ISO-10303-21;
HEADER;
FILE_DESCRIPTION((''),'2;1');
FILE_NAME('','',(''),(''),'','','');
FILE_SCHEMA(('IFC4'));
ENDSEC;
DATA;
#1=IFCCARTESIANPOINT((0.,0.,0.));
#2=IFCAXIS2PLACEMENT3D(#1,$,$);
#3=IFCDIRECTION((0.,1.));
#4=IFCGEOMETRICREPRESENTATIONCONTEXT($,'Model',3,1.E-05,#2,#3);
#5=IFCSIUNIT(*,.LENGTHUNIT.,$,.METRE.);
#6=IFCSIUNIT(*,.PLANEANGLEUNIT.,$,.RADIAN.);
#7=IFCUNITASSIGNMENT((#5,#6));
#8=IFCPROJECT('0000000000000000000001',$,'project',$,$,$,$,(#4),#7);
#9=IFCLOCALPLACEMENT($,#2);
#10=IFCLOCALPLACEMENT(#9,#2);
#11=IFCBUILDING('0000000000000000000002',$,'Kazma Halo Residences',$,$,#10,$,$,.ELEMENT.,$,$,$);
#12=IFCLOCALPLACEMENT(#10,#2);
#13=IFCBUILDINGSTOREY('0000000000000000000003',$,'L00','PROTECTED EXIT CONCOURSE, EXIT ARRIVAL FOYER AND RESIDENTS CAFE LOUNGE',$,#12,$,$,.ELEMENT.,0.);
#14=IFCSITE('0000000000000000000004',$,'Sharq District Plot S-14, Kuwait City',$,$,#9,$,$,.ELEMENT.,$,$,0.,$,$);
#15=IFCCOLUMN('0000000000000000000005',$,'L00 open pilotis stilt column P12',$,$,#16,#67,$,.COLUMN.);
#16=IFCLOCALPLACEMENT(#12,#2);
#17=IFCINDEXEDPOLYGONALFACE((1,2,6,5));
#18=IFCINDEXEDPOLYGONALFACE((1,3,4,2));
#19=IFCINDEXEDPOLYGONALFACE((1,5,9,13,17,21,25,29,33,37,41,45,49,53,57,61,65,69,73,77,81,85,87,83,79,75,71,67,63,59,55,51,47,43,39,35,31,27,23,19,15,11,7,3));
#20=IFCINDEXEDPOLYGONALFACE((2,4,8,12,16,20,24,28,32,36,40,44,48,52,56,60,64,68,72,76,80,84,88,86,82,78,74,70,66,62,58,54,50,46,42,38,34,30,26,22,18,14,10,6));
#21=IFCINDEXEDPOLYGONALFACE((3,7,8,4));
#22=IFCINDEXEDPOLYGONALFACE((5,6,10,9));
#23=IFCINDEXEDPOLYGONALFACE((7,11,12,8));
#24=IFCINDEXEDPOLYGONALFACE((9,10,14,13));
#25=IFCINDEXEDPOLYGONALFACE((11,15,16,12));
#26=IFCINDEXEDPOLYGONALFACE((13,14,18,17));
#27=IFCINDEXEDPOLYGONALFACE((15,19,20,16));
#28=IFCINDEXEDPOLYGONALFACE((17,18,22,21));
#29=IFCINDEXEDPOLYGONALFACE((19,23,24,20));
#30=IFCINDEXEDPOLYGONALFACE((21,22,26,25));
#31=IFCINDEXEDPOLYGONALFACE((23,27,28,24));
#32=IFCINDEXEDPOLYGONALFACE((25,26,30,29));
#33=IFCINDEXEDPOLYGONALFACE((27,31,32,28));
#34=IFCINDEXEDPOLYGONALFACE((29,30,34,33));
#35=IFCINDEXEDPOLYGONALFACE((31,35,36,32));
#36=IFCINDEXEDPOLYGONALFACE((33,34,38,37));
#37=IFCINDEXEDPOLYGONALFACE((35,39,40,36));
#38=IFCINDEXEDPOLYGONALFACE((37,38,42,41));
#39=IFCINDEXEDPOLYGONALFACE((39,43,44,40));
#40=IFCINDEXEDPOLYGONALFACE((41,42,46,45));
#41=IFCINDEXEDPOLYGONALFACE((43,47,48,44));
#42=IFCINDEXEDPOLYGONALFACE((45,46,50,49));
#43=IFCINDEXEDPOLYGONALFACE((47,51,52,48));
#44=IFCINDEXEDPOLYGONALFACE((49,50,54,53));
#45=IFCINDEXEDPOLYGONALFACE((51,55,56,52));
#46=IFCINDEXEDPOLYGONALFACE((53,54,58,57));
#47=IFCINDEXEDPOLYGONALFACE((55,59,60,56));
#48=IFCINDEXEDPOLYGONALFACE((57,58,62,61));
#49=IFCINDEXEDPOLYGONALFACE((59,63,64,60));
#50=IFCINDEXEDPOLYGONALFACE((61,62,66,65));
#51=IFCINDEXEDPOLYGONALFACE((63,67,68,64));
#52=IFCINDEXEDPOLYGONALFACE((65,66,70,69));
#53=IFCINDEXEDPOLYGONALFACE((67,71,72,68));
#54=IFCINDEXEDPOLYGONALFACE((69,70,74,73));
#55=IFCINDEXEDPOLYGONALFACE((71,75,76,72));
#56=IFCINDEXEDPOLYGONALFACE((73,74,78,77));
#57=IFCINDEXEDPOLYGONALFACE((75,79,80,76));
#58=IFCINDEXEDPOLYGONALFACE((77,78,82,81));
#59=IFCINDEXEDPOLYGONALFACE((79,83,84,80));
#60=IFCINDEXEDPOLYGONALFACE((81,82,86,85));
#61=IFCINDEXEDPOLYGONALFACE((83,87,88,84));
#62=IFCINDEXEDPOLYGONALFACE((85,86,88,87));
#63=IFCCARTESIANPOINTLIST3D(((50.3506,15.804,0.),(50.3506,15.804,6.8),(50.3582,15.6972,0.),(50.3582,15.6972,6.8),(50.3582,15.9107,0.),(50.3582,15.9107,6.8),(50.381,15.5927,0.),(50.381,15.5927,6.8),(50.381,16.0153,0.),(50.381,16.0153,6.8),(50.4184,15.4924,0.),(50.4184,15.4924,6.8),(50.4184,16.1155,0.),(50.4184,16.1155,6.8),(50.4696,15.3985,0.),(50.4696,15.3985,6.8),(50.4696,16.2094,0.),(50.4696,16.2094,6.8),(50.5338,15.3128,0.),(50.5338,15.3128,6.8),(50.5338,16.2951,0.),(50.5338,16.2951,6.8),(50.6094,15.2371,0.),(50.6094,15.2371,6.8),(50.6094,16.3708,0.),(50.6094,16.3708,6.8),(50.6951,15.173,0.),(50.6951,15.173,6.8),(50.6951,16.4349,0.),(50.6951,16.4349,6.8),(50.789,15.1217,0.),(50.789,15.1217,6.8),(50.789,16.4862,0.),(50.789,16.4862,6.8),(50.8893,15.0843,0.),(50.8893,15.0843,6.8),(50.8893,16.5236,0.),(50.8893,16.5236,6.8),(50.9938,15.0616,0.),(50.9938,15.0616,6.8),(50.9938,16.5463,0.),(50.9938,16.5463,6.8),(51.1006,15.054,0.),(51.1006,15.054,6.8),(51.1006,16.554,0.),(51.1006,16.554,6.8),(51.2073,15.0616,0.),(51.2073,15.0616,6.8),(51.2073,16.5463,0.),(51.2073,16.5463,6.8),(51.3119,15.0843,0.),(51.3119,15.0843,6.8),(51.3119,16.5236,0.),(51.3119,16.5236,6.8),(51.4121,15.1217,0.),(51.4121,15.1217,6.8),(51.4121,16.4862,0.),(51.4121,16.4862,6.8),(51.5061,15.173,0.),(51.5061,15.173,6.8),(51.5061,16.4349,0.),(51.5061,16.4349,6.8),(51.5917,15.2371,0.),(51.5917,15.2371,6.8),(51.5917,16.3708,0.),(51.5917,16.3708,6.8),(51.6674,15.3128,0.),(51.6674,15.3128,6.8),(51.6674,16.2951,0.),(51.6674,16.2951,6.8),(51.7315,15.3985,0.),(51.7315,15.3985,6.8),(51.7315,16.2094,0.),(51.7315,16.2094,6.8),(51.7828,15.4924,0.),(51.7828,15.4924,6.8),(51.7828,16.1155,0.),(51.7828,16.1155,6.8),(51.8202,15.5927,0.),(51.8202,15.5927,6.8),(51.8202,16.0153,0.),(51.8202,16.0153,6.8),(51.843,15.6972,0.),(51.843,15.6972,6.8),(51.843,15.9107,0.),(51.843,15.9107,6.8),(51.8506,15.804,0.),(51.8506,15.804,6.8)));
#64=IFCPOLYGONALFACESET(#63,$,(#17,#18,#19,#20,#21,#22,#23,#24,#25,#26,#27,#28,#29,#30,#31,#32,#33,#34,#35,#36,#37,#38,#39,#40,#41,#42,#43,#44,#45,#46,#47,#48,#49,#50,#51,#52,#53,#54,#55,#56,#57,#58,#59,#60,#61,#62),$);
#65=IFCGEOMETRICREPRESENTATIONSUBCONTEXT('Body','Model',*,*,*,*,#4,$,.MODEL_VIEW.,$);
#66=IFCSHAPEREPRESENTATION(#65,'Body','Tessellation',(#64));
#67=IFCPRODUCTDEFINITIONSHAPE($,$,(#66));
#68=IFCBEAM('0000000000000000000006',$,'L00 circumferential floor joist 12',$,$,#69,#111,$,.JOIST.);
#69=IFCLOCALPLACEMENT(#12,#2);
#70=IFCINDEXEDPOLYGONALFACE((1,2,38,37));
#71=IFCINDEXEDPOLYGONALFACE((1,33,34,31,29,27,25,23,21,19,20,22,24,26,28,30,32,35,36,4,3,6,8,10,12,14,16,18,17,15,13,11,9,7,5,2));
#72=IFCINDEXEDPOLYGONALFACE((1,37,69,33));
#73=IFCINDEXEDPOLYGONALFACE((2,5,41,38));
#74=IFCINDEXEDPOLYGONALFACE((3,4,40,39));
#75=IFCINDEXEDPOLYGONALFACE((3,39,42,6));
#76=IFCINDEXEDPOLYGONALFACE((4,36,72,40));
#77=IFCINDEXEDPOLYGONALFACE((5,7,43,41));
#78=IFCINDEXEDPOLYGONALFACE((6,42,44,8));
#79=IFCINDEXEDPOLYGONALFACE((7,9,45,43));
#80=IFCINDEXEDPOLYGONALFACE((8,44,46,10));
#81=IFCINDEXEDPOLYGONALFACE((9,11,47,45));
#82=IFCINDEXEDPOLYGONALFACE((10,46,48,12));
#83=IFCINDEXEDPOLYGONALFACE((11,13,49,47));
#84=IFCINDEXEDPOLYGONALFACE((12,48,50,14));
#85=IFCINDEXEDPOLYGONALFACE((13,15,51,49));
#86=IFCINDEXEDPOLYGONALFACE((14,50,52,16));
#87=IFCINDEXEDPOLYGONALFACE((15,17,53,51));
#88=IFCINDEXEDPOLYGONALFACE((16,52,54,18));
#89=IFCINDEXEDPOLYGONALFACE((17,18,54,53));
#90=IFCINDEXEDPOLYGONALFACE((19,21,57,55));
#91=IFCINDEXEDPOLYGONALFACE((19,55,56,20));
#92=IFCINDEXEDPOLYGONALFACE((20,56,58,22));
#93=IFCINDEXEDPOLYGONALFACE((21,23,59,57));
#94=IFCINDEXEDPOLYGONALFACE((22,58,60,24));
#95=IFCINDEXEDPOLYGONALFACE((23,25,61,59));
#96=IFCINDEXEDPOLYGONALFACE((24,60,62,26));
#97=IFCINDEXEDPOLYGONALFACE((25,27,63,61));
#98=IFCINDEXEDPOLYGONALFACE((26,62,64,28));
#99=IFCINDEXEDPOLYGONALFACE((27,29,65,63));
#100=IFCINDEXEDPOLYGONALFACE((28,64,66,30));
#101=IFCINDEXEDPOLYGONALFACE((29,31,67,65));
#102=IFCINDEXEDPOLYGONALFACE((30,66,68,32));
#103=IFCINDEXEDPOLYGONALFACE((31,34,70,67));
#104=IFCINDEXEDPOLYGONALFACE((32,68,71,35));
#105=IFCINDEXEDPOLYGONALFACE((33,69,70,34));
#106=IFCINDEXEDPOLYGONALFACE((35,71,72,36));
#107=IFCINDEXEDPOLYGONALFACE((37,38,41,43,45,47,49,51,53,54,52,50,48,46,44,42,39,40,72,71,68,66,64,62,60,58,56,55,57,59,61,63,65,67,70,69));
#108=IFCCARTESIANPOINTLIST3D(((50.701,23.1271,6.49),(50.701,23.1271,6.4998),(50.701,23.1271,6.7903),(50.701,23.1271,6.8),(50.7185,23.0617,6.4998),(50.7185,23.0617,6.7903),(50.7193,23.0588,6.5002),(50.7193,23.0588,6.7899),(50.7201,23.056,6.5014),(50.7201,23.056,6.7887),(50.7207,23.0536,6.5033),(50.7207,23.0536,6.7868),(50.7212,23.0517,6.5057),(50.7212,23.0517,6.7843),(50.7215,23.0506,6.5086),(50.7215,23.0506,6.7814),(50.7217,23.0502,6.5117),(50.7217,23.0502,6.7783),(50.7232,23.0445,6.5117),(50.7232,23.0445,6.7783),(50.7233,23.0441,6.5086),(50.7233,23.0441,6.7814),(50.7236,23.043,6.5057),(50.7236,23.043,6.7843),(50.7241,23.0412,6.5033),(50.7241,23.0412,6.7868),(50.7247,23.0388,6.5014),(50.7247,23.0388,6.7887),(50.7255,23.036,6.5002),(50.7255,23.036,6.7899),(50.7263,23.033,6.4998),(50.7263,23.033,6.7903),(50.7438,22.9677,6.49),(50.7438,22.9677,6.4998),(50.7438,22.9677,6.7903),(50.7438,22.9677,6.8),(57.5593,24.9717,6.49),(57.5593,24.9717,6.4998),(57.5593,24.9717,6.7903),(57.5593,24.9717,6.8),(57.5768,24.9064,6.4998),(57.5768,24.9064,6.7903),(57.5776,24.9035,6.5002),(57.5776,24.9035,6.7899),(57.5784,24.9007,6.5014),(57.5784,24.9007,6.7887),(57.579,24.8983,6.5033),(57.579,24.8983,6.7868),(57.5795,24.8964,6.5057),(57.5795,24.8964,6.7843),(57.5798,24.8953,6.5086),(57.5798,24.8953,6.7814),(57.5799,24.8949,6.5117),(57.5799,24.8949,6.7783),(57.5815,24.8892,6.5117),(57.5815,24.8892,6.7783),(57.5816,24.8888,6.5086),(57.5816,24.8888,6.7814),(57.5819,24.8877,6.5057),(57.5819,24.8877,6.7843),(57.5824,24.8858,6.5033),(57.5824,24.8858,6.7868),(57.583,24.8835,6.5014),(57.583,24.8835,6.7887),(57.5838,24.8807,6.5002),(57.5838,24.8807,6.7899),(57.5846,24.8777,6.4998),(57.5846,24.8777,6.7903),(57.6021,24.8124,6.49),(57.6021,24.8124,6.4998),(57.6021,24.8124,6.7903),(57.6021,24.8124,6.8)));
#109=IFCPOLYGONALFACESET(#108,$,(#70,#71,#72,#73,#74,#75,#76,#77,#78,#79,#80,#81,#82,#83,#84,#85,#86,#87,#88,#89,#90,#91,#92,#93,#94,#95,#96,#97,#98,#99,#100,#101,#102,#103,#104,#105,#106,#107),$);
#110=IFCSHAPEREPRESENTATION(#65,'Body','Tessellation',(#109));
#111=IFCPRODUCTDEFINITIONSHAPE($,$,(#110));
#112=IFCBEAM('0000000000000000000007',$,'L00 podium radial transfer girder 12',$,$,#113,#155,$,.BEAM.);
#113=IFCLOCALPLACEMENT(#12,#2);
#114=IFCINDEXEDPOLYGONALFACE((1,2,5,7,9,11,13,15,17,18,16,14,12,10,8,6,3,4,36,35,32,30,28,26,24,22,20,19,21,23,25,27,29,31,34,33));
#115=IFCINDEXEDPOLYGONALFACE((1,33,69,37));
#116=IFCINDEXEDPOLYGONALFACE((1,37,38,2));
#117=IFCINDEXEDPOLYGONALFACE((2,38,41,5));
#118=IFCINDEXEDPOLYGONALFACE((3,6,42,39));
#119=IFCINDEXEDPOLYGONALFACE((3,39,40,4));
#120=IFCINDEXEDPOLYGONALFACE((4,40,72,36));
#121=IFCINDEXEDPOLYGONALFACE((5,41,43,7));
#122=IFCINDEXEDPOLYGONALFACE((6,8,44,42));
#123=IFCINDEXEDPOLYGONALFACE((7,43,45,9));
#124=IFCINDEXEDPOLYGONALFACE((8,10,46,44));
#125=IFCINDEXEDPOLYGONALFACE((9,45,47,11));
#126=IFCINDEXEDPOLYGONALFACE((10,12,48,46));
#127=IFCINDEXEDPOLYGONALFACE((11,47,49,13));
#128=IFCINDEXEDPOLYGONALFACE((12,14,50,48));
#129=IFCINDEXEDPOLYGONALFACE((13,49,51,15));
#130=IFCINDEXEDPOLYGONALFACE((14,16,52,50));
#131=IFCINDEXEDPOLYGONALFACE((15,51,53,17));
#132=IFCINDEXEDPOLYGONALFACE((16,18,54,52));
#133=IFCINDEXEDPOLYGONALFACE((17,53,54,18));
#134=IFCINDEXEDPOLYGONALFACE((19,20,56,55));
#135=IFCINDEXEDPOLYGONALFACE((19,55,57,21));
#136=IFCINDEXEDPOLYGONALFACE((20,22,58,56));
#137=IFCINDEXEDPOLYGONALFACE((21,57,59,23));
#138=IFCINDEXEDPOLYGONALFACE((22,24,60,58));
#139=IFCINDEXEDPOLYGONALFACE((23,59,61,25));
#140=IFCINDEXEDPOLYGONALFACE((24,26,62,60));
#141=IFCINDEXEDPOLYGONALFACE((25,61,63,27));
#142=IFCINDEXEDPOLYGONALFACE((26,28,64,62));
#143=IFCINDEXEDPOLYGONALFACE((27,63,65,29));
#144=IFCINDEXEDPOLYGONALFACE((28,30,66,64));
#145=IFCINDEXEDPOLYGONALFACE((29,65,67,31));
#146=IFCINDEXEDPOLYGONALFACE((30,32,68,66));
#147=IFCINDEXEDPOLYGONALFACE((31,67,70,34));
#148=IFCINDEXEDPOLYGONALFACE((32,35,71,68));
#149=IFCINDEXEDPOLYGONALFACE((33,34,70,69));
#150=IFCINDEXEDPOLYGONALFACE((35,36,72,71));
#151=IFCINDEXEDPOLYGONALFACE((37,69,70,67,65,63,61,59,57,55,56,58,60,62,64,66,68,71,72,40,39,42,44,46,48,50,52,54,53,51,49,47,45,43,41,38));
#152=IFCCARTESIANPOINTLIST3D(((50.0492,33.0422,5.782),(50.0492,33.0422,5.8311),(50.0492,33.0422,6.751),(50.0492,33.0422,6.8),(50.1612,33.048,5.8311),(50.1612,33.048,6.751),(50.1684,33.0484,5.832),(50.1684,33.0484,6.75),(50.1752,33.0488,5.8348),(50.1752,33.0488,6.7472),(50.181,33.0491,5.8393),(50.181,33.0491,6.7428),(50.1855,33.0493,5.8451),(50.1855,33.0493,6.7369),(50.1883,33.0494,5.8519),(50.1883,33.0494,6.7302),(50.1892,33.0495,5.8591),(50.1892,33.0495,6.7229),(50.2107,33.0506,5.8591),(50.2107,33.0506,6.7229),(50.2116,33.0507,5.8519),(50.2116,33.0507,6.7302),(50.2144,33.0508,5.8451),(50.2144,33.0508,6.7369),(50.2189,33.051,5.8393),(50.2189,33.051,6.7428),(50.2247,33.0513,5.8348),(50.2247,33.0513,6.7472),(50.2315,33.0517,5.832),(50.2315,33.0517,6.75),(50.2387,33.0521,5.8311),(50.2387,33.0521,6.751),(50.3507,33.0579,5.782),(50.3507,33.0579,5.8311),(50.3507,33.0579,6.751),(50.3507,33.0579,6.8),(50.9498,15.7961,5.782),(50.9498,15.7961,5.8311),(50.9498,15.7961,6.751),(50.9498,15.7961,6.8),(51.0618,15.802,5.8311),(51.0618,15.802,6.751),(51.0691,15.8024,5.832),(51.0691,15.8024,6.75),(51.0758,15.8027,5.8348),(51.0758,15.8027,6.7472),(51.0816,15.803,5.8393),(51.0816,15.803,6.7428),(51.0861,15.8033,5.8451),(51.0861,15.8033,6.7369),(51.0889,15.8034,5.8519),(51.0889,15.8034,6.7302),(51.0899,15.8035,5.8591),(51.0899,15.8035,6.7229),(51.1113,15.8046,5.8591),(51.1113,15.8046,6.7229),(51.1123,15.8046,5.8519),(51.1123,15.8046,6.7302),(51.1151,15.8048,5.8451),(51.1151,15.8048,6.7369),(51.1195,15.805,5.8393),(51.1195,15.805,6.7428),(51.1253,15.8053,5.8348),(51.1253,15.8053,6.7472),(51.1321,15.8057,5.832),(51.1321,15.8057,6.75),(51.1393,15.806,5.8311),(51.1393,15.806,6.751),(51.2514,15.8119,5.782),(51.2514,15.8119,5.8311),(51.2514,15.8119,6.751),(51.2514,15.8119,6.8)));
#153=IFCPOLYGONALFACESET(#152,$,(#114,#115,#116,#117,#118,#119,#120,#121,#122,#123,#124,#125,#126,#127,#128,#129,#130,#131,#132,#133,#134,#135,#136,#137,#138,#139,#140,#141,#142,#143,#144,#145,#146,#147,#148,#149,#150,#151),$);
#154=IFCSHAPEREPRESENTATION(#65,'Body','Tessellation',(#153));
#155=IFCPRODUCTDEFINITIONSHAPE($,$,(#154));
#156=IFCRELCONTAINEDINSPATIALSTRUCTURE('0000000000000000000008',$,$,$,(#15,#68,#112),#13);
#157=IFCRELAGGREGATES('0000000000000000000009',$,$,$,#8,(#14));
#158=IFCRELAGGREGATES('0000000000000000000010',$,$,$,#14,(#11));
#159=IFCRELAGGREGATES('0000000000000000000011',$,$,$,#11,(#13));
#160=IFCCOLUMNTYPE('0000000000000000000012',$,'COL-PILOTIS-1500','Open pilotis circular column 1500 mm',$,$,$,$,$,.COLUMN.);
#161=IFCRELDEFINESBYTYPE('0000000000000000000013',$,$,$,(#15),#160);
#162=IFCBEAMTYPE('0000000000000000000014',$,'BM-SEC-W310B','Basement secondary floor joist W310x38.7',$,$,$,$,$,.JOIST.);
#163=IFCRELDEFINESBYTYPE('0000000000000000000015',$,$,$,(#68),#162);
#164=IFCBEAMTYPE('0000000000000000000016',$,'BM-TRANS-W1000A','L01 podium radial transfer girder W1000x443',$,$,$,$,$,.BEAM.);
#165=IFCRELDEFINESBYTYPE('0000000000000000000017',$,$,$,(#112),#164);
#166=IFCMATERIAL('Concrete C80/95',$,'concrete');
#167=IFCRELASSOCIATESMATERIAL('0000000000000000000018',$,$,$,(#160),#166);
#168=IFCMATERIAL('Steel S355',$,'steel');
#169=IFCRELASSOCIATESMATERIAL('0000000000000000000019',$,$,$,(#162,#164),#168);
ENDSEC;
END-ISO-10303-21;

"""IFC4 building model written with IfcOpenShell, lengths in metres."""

from ifc_helpers import new_model, si_unit, direction, frame, origin, origin_2d, place, context, subcontext, project, spatial, circle, i_section, extrude, material, material_profile, profile_set, type_object, element, save


model = new_model("IFC4")

# Units and contexts
model_context = context("Model", 3, precision=1e-05, world=origin(), true_north=direction((0.0, 1.0)))
body_context = subcontext(model_context, "Body", "Model", "MODEL_VIEW")
ifc_project = project(units=[si_unit("LENGTHUNIT", "METRE"), si_unit("PLANEANGLEUNIT", "RADIAN")], contexts=[model_context])

# Site, building, storey
site_placement = place(None, origin())
site = spatial("IfcSite", under=ifc_project, at=site_placement, Name="Sharq District Plot S-14, Kuwait City", CompositionType="ELEMENT", RefElevation=0.0)
building_placement = place(site_placement, origin())
building = spatial("IfcBuilding", under=site, at=building_placement, Name="Kazma Halo Residences", CompositionType="ELEMENT")
storey_placement = place(building_placement, origin())
storey = spatial("IfcBuildingStorey", under=building, at=storey_placement, Name="L00", Description="PROTECTED EXIT CONCOURSE, EXIT ARRIVAL FOYER AND RESIDENTS CAFE LOUNGE", CompositionType="ELEMENT", Elevation=0.0)

# Column
ifc_material_1 = material(Name="Concrete C80/95", Category="concrete")
ifc_material_profile_1 = material_profile(ifc_material_1, circle(Radius=0.75, at=origin_2d()), Name="CIRC1500")
ifc_profile_set_1 = profile_set([ifc_material_profile_1], Name="Concrete C80/95")
column_type = type_object("IfcColumnType", Name="COL-PILOTIS-1500", Description="Open pilotis circular column 1500 mm", PredefinedType="COLUMN", material=ifc_profile_set_1)
column_placement = place(storey_placement, frame((51.1006, 15.804, 0.0), z_axis=(0.0, 0.0, 1.0), x_axis=(1.0, 0.0, 0.0)))
element("IfcColumn", 1, at=column_placement, inside=storey, type_object=column_type, Name="L00 open pilotis stilt column P12", PredefinedType="COLUMN", context=body_context, shape_type="SweptSolid", body=[
    extrude(circle(Radius=0.75, at=origin_2d()), origin(), (0.0, 0.0, 1.0), 6.8),
])

# Beams
ifc_material_2 = material(Name="Steel S355", Category="steel")
ifc_material_profile_2 = material_profile(ifc_material_2, i_section(OverallWidth=0.165, OverallDepth=0.3101, WebThickness=0.0059, FlangeThickness=0.0098, FilletRadius=0.012, at=origin_2d()), Name="W310x38.7")
ifc_profile_set_2 = profile_set([ifc_material_profile_2], Name="Steel S355")
beam_type_1 = type_object("IfcBeamType", Name="BM-SEC-W310B", Description="Basement secondary floor joist W310x38.7", PredefinedType="JOIST", material=ifc_profile_set_2)
beam_1_placement = place(storey_placement, frame((50.7224, 23.0474, 6.645), z_axis=(0.965678, 0.259742, 0.0), x_axis=(-0.259742, 0.965678, 0.0)))
element("IfcBeam", 2, at=beam_1_placement, inside=storey, type_object=beam_type_1, Name="L00 circumferential floor joist 12", PredefinedType="JOIST", context=body_context, shape_type="SweptSolid", body=[
    extrude(i_section(OverallWidth=0.165, OverallDepth=0.3101, WebThickness=0.0059, FlangeThickness=0.0098, FilletRadius=0.012, at=origin_2d()), origin(), (0.0, 0.0, 1.0), 7.1021),
])
ifc_material_profile_3 = material_profile(ifc_material_2, i_section(OverallWidth=0.302, OverallDepth=1.0181, WebThickness=0.0215, FlangeThickness=0.0491, FilletRadius=0.0281, at=origin_2d()), Name="W1000x443")
ifc_profile_set_3 = profile_set([ifc_material_profile_3], Name="Steel S355")
beam_type_2 = type_object("IfcBeamType", Name="BM-TRANS-W1000A", Description="L01 podium radial transfer girder W1000x443", PredefinedType="BEAM", material=ifc_profile_set_3)
beam_2_placement = place(storey_placement, frame((50.2, 33.05, 6.291), z_axis=(0.052151, -0.998639, 0.0), x_axis=(0.998639, 0.052151, 0.0)))
element("IfcBeam", 3, at=beam_2_placement, inside=storey, type_object=beam_type_2, Name="L00 podium radial transfer girder 12", PredefinedType="BEAM", context=body_context, shape_type="SweptSolid", body=[
    extrude(i_section(OverallWidth=0.302, OverallDepth=1.0181, WebThickness=0.0215, FlangeThickness=0.0491, FilletRadius=0.0281, at=origin_2d()), origin(), (0.0, 0.0, 1.0), 17.2695),
])

save(model, "model.ifc")
